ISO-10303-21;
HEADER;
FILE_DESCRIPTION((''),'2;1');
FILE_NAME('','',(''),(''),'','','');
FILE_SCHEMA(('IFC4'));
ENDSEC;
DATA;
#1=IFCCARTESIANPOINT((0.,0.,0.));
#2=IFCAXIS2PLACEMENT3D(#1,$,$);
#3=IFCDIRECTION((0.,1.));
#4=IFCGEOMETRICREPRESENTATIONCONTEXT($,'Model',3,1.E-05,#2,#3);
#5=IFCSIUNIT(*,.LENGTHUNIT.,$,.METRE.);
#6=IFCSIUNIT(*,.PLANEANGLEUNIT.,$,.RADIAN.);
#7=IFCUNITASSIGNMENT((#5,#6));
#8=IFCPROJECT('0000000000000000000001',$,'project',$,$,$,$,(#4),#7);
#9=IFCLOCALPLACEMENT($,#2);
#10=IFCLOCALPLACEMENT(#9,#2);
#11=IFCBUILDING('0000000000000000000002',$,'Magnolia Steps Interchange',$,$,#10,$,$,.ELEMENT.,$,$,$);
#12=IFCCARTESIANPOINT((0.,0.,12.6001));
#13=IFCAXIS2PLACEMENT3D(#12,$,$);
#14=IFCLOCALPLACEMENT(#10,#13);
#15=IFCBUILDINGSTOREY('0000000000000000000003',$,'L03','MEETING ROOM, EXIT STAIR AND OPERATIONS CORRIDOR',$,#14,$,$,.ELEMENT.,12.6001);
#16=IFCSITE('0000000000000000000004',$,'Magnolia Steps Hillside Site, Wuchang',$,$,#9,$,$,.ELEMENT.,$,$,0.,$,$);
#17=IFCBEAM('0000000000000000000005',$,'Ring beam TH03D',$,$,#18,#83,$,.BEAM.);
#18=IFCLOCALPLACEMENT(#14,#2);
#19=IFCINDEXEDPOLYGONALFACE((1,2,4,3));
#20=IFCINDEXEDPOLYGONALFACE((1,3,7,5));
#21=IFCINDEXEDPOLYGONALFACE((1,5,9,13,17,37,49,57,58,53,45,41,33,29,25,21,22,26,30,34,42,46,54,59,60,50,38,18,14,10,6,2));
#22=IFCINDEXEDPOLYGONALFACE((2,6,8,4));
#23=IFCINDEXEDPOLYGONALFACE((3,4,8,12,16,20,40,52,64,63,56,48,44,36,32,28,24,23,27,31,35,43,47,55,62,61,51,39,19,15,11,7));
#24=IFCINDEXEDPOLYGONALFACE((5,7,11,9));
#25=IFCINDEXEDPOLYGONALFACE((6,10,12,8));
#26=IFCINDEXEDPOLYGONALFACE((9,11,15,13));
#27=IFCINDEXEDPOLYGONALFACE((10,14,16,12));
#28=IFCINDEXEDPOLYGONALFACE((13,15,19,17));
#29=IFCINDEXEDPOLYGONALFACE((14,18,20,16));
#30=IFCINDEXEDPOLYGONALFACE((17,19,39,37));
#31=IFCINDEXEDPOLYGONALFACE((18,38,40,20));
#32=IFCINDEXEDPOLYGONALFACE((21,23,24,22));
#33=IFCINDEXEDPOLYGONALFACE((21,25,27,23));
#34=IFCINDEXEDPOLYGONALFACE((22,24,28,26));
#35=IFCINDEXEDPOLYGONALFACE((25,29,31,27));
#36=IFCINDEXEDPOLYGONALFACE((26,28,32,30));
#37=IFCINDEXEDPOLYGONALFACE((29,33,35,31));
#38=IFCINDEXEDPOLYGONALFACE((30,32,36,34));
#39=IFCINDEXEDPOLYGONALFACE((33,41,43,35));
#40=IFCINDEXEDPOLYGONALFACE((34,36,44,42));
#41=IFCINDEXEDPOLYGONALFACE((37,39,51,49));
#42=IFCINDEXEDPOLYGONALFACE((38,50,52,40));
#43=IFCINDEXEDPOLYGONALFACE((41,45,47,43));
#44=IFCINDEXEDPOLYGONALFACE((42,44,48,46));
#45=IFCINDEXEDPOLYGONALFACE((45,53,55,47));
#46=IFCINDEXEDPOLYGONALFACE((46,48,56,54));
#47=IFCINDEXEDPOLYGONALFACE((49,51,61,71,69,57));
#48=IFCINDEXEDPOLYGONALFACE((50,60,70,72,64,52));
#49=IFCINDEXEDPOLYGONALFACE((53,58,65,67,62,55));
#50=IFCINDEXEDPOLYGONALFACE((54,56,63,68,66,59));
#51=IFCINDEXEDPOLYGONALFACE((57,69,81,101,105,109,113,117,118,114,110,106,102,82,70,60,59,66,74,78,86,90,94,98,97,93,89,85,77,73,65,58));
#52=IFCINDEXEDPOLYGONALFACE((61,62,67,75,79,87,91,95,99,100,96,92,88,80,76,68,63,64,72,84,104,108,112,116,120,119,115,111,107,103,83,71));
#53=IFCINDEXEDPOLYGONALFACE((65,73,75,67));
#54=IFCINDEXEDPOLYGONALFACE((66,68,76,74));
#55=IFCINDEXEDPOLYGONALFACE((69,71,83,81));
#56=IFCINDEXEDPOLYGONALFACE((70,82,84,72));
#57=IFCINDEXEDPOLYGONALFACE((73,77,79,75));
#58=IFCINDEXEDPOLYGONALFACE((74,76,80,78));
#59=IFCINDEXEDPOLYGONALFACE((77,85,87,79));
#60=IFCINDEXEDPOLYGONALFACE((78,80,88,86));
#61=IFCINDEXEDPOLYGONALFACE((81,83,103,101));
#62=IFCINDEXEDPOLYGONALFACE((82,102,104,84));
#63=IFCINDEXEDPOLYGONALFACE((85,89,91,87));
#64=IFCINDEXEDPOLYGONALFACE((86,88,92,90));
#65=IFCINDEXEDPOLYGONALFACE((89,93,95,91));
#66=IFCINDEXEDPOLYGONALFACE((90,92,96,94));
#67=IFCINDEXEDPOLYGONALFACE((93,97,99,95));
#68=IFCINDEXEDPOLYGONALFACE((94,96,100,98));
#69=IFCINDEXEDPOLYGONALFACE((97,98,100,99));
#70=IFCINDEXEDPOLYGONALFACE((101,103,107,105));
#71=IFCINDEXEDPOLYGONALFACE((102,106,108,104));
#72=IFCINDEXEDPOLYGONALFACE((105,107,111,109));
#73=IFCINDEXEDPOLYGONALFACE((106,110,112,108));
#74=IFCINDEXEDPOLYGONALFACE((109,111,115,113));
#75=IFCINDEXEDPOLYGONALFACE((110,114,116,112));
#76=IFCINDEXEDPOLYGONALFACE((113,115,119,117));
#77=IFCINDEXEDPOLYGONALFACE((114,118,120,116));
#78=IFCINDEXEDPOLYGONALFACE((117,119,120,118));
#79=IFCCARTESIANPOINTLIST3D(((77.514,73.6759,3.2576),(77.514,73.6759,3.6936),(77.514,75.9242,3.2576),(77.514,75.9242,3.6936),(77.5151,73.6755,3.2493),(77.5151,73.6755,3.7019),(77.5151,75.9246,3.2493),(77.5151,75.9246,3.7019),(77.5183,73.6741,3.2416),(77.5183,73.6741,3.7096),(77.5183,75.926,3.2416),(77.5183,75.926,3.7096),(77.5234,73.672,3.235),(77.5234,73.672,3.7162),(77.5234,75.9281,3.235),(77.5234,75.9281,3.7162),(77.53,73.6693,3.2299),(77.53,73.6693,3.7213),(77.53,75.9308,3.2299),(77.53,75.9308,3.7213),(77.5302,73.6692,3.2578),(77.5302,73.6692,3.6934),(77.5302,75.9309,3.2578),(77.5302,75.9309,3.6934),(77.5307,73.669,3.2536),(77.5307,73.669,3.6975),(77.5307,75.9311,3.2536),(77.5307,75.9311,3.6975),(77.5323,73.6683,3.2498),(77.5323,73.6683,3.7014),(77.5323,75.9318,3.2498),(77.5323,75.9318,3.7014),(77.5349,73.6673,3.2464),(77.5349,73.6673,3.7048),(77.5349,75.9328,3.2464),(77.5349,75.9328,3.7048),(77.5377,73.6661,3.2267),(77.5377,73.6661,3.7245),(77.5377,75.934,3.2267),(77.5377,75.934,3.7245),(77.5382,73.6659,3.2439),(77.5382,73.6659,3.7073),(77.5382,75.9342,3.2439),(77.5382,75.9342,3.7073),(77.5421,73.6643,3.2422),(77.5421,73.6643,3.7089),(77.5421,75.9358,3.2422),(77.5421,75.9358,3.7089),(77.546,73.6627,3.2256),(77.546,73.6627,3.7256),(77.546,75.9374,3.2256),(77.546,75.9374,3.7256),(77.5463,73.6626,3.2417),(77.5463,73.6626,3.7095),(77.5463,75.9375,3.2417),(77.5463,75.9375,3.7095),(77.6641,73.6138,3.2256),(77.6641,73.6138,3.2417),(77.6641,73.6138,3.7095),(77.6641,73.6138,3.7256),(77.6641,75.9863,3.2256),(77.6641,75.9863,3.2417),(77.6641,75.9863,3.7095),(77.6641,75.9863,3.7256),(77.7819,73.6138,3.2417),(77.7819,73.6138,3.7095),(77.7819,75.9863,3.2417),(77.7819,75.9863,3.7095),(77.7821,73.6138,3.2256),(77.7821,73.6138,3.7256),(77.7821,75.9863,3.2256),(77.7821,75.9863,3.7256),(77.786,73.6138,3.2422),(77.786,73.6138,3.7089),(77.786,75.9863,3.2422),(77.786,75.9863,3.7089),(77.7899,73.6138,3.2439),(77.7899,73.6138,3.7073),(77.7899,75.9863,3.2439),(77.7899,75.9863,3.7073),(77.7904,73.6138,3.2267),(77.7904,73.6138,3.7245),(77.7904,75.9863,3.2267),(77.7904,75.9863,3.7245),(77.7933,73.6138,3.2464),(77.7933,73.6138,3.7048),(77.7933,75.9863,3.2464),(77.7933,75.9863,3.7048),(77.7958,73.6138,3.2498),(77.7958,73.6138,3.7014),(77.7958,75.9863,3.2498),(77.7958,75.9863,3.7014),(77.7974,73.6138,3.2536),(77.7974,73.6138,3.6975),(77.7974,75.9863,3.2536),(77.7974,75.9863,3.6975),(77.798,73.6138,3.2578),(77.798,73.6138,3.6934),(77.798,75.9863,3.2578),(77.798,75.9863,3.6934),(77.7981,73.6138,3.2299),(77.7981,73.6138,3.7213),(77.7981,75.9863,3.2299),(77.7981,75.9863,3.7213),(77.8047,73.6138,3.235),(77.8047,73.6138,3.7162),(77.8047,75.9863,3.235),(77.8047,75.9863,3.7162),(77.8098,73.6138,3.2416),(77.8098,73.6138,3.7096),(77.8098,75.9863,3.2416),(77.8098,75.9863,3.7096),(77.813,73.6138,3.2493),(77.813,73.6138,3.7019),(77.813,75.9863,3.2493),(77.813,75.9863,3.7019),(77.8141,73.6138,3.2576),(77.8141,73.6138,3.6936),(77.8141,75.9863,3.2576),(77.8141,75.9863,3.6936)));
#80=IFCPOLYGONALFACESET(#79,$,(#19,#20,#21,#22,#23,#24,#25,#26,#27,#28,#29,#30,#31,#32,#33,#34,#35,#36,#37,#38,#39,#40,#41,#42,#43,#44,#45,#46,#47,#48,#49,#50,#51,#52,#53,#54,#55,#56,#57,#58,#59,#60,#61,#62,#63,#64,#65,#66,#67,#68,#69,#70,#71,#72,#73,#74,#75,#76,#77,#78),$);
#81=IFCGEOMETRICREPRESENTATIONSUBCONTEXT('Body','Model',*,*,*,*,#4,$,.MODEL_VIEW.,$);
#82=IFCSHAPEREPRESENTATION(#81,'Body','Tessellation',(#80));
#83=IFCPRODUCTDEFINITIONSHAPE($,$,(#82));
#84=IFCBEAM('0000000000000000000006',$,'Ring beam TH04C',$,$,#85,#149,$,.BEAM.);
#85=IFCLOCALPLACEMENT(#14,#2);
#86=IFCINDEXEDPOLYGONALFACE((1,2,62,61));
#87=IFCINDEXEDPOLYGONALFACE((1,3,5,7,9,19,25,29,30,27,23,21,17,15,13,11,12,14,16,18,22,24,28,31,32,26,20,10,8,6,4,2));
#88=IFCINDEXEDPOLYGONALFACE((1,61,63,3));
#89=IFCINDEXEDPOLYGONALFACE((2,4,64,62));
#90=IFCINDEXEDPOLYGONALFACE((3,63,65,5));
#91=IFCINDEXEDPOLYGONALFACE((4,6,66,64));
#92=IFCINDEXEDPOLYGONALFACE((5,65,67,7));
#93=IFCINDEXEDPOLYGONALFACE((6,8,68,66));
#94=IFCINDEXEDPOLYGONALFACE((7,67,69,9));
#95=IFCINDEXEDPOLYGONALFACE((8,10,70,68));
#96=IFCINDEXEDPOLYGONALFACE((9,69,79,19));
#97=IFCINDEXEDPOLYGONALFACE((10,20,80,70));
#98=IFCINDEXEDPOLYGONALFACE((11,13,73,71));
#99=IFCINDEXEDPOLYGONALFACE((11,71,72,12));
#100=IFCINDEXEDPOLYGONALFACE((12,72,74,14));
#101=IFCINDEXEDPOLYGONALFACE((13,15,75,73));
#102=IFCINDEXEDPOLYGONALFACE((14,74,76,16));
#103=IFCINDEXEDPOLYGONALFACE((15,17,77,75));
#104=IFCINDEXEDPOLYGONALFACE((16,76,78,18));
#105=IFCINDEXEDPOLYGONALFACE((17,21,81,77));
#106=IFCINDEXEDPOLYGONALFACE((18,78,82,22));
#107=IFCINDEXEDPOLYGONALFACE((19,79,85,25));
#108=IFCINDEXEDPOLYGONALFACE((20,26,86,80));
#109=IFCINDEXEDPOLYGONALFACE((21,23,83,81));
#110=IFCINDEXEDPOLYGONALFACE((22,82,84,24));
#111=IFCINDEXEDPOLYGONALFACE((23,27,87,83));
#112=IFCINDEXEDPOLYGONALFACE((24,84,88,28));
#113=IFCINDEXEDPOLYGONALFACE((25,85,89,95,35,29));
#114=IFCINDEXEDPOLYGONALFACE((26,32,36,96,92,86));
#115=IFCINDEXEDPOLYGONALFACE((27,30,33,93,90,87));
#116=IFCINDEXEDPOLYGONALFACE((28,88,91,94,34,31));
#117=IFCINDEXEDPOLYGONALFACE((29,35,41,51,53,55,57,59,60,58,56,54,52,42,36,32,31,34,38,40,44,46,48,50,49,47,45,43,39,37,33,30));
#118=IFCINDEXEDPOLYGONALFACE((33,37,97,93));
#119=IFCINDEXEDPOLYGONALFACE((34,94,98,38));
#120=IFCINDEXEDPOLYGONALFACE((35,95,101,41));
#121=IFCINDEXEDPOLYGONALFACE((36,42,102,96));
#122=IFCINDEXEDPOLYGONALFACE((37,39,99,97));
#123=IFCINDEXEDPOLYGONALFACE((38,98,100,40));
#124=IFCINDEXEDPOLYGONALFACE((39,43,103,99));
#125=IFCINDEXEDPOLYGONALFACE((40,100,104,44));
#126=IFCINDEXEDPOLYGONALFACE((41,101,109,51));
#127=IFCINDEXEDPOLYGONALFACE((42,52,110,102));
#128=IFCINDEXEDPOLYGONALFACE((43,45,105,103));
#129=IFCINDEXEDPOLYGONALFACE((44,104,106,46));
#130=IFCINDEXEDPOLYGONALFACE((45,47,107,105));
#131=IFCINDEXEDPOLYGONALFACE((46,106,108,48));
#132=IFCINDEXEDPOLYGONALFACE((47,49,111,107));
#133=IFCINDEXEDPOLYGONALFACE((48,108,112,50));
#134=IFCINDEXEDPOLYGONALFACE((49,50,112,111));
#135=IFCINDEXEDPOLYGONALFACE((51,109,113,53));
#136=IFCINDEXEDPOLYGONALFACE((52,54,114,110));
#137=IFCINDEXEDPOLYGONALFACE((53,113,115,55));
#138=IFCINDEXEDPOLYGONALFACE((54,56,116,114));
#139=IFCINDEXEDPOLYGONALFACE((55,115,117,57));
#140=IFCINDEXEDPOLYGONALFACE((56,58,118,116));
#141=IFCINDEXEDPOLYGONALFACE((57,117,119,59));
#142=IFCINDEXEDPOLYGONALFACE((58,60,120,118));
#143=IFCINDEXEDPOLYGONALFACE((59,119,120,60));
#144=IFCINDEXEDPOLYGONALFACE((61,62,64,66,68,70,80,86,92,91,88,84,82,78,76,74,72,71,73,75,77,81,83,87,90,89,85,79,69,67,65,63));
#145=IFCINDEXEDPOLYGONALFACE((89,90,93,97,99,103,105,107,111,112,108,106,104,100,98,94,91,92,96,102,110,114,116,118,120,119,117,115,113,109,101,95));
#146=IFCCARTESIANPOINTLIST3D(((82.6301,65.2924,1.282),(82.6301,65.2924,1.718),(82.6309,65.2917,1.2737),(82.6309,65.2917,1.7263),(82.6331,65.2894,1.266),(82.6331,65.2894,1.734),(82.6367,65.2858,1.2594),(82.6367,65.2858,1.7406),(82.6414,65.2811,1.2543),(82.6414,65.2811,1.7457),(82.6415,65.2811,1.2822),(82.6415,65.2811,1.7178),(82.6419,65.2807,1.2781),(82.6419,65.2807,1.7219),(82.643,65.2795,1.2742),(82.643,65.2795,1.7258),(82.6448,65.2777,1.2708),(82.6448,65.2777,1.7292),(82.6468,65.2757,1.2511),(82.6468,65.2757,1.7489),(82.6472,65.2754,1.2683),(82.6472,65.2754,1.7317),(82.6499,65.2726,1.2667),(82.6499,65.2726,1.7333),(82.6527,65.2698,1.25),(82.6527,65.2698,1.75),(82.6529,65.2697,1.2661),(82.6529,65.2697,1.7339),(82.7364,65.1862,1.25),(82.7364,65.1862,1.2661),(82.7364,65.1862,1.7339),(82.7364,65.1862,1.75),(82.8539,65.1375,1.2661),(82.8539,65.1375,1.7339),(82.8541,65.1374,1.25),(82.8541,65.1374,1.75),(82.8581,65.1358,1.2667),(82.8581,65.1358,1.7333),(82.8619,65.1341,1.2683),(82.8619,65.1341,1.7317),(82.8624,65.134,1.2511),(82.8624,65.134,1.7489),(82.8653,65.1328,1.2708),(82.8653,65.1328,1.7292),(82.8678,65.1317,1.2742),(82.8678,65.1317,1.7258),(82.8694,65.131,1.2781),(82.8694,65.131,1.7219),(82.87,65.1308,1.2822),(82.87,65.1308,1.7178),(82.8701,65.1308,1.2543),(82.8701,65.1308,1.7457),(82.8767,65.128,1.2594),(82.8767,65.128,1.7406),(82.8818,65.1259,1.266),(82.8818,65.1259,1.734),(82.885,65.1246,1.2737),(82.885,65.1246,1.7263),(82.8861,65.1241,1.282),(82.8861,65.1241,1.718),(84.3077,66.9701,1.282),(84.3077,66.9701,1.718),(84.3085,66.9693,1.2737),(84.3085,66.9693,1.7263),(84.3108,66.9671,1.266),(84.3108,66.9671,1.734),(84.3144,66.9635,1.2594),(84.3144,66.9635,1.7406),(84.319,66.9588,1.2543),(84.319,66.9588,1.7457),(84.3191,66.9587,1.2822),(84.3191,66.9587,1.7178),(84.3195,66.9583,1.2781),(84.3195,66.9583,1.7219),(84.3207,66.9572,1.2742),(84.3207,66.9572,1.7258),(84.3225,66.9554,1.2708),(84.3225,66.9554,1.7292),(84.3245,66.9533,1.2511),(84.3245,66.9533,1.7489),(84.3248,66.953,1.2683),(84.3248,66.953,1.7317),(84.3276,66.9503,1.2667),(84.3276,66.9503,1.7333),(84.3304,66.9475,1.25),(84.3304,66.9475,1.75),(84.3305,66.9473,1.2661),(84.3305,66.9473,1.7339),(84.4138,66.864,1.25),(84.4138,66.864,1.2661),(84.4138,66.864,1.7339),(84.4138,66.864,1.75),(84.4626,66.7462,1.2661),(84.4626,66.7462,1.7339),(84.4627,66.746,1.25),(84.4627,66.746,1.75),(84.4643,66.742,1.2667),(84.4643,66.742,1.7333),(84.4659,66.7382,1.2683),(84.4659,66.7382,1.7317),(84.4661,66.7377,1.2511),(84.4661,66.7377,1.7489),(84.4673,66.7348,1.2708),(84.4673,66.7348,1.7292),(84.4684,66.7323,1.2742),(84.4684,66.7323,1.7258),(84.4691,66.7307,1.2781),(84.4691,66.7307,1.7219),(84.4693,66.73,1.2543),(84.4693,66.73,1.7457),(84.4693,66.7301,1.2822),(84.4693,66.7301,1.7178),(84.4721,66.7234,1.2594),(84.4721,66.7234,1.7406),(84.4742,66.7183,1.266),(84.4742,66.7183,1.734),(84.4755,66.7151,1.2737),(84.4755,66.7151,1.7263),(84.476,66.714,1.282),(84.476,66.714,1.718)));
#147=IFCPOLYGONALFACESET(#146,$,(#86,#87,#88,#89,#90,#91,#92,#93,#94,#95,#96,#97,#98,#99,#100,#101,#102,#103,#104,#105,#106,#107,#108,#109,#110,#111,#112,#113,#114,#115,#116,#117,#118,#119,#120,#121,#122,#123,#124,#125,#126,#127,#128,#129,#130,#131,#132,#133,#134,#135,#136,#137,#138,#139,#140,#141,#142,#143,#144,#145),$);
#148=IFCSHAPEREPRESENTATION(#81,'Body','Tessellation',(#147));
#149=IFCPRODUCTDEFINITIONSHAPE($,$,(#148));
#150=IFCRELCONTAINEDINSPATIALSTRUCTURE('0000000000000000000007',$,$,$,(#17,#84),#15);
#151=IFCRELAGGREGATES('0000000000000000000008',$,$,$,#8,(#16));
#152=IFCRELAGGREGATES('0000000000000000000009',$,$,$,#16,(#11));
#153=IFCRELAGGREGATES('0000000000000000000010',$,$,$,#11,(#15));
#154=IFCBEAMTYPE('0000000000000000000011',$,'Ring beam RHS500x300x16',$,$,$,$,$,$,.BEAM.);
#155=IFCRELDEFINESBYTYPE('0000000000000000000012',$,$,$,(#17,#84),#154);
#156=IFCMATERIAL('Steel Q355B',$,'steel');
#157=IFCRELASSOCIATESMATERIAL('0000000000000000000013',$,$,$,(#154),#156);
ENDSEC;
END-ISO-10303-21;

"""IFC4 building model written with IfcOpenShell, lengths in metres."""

from ifc_helpers import new_model, si_unit, direction, frame, origin, origin_2d, place, context, subcontext, project, spatial, hollow_rectangle, extrude, clip, halfspace, material, material_profile, profile_set, type_object, element, save


model = new_model("IFC4")

# Units and contexts
model_context = context("Model", 3, precision=1e-05, world=origin(), true_north=direction((0.0, 1.0)))
body_context = subcontext(model_context, "Body", "Model", "MODEL_VIEW")
ifc_project = project(units=[si_unit("LENGTHUNIT", "METRE"), si_unit("PLANEANGLEUNIT", "RADIAN")], contexts=[model_context])

# Site, building, storey
site_placement = place(None, origin())
site = spatial("IfcSite", under=ifc_project, at=site_placement, Name="Magnolia Steps Hillside Site, Wuchang", CompositionType="ELEMENT", RefElevation=0.0)
building_placement = place(site_placement, origin())
building = spatial("IfcBuilding", under=site, at=building_placement, Name="Magnolia Steps Interchange", CompositionType="ELEMENT")
storey_placement = place(building_placement, frame((0.0, 0.0, 12.6001)))
storey = spatial("IfcBuildingStorey", under=building, at=storey_placement, Name="L03", Description="MEETING ROOM, EXIT STAIR AND OPERATIONS CORRIDOR", CompositionType="ELEMENT", Elevation=12.6001)

# Beams
ifc_material_1 = material(Name="Steel Q355B", Category="steel")
ifc_material_profile_1 = material_profile(ifc_material_1, hollow_rectangle(XDim=0.3, YDim=0.5, WallThickness=0.0161, InnerFilletRadius=0.0161, OuterFilletRadius=0.032, at=origin_2d()), Name="RHS500x300x16")
ifc_profile_set_1 = profile_set([ifc_material_profile_1], Name="Steel Q355B")
beam_type_1 = type_object("IfcBeamType", Name="Ring beam RHS500x300x16", PredefinedType="BEAM", material=ifc_profile_set_1)
beam_1_placement = place(storey_placement, frame((77.6641, 73.6138, 3.4756), z_axis=(0.0, 1.0, 0.0), x_axis=(-1.0, 0.0, 0.0)))
element("IfcBeam", 1, at=beam_1_placement, inside=storey, type_object=beam_type_1, Name="Ring beam TH03D", PredefinedType="BEAM", context=body_context, shape_type="Clipping", body=[
    clip(clip(extrude(hollow_rectangle(XDim=0.3, YDim=0.5, WallThickness=0.0161, InnerFilletRadius=0.0161, OuterFilletRadius=0.032, at=origin_2d()), origin(), (0.0, 0.0, 1.0), 2.3726), halfspace(frame((0.0, 0.0, 0.0), z_axis=(0.382683, 0.0, -0.92388), x_axis=(0.92388, 0.0, 0.382683)), False)), halfspace(frame((0.0, 0.0, 2.3726), z_axis=(0.382683, 0.0, 0.92388), x_axis=(0.92388, 0.0, -0.382683)), False)),
])
beam_2_placement = place(storey_placement, frame((84.4138, 66.864, 1.5), z_axis=(-0.707107, -0.707107, 0.0), x_axis=(0.707107, -0.707107, 0.0)))
element("IfcBeam", 2, at=beam_2_placement, inside=storey, type_object=beam_type_1, Name="Ring beam TH04C", PredefinedType="BEAM", context=body_context, shape_type="Clipping", body=[
    clip(clip(extrude(hollow_rectangle(XDim=0.3, YDim=0.5, WallThickness=0.0161, InnerFilletRadius=0.0161, OuterFilletRadius=0.032, at=origin_2d()), origin(), (0.0, 0.0, 1.0), 2.3726), halfspace(frame((0.0, 0.0, 0.0), z_axis=(0.382683, 0.0, -0.92388), x_axis=(0.92388, 0.0, 0.382683)), False)), halfspace(frame((0.0, 0.0, 2.3727), z_axis=(0.382683, 0.0, 0.92388), x_axis=(0.92388, 0.0, -0.382683)), False)),
])

save(model, "model.ifc")
